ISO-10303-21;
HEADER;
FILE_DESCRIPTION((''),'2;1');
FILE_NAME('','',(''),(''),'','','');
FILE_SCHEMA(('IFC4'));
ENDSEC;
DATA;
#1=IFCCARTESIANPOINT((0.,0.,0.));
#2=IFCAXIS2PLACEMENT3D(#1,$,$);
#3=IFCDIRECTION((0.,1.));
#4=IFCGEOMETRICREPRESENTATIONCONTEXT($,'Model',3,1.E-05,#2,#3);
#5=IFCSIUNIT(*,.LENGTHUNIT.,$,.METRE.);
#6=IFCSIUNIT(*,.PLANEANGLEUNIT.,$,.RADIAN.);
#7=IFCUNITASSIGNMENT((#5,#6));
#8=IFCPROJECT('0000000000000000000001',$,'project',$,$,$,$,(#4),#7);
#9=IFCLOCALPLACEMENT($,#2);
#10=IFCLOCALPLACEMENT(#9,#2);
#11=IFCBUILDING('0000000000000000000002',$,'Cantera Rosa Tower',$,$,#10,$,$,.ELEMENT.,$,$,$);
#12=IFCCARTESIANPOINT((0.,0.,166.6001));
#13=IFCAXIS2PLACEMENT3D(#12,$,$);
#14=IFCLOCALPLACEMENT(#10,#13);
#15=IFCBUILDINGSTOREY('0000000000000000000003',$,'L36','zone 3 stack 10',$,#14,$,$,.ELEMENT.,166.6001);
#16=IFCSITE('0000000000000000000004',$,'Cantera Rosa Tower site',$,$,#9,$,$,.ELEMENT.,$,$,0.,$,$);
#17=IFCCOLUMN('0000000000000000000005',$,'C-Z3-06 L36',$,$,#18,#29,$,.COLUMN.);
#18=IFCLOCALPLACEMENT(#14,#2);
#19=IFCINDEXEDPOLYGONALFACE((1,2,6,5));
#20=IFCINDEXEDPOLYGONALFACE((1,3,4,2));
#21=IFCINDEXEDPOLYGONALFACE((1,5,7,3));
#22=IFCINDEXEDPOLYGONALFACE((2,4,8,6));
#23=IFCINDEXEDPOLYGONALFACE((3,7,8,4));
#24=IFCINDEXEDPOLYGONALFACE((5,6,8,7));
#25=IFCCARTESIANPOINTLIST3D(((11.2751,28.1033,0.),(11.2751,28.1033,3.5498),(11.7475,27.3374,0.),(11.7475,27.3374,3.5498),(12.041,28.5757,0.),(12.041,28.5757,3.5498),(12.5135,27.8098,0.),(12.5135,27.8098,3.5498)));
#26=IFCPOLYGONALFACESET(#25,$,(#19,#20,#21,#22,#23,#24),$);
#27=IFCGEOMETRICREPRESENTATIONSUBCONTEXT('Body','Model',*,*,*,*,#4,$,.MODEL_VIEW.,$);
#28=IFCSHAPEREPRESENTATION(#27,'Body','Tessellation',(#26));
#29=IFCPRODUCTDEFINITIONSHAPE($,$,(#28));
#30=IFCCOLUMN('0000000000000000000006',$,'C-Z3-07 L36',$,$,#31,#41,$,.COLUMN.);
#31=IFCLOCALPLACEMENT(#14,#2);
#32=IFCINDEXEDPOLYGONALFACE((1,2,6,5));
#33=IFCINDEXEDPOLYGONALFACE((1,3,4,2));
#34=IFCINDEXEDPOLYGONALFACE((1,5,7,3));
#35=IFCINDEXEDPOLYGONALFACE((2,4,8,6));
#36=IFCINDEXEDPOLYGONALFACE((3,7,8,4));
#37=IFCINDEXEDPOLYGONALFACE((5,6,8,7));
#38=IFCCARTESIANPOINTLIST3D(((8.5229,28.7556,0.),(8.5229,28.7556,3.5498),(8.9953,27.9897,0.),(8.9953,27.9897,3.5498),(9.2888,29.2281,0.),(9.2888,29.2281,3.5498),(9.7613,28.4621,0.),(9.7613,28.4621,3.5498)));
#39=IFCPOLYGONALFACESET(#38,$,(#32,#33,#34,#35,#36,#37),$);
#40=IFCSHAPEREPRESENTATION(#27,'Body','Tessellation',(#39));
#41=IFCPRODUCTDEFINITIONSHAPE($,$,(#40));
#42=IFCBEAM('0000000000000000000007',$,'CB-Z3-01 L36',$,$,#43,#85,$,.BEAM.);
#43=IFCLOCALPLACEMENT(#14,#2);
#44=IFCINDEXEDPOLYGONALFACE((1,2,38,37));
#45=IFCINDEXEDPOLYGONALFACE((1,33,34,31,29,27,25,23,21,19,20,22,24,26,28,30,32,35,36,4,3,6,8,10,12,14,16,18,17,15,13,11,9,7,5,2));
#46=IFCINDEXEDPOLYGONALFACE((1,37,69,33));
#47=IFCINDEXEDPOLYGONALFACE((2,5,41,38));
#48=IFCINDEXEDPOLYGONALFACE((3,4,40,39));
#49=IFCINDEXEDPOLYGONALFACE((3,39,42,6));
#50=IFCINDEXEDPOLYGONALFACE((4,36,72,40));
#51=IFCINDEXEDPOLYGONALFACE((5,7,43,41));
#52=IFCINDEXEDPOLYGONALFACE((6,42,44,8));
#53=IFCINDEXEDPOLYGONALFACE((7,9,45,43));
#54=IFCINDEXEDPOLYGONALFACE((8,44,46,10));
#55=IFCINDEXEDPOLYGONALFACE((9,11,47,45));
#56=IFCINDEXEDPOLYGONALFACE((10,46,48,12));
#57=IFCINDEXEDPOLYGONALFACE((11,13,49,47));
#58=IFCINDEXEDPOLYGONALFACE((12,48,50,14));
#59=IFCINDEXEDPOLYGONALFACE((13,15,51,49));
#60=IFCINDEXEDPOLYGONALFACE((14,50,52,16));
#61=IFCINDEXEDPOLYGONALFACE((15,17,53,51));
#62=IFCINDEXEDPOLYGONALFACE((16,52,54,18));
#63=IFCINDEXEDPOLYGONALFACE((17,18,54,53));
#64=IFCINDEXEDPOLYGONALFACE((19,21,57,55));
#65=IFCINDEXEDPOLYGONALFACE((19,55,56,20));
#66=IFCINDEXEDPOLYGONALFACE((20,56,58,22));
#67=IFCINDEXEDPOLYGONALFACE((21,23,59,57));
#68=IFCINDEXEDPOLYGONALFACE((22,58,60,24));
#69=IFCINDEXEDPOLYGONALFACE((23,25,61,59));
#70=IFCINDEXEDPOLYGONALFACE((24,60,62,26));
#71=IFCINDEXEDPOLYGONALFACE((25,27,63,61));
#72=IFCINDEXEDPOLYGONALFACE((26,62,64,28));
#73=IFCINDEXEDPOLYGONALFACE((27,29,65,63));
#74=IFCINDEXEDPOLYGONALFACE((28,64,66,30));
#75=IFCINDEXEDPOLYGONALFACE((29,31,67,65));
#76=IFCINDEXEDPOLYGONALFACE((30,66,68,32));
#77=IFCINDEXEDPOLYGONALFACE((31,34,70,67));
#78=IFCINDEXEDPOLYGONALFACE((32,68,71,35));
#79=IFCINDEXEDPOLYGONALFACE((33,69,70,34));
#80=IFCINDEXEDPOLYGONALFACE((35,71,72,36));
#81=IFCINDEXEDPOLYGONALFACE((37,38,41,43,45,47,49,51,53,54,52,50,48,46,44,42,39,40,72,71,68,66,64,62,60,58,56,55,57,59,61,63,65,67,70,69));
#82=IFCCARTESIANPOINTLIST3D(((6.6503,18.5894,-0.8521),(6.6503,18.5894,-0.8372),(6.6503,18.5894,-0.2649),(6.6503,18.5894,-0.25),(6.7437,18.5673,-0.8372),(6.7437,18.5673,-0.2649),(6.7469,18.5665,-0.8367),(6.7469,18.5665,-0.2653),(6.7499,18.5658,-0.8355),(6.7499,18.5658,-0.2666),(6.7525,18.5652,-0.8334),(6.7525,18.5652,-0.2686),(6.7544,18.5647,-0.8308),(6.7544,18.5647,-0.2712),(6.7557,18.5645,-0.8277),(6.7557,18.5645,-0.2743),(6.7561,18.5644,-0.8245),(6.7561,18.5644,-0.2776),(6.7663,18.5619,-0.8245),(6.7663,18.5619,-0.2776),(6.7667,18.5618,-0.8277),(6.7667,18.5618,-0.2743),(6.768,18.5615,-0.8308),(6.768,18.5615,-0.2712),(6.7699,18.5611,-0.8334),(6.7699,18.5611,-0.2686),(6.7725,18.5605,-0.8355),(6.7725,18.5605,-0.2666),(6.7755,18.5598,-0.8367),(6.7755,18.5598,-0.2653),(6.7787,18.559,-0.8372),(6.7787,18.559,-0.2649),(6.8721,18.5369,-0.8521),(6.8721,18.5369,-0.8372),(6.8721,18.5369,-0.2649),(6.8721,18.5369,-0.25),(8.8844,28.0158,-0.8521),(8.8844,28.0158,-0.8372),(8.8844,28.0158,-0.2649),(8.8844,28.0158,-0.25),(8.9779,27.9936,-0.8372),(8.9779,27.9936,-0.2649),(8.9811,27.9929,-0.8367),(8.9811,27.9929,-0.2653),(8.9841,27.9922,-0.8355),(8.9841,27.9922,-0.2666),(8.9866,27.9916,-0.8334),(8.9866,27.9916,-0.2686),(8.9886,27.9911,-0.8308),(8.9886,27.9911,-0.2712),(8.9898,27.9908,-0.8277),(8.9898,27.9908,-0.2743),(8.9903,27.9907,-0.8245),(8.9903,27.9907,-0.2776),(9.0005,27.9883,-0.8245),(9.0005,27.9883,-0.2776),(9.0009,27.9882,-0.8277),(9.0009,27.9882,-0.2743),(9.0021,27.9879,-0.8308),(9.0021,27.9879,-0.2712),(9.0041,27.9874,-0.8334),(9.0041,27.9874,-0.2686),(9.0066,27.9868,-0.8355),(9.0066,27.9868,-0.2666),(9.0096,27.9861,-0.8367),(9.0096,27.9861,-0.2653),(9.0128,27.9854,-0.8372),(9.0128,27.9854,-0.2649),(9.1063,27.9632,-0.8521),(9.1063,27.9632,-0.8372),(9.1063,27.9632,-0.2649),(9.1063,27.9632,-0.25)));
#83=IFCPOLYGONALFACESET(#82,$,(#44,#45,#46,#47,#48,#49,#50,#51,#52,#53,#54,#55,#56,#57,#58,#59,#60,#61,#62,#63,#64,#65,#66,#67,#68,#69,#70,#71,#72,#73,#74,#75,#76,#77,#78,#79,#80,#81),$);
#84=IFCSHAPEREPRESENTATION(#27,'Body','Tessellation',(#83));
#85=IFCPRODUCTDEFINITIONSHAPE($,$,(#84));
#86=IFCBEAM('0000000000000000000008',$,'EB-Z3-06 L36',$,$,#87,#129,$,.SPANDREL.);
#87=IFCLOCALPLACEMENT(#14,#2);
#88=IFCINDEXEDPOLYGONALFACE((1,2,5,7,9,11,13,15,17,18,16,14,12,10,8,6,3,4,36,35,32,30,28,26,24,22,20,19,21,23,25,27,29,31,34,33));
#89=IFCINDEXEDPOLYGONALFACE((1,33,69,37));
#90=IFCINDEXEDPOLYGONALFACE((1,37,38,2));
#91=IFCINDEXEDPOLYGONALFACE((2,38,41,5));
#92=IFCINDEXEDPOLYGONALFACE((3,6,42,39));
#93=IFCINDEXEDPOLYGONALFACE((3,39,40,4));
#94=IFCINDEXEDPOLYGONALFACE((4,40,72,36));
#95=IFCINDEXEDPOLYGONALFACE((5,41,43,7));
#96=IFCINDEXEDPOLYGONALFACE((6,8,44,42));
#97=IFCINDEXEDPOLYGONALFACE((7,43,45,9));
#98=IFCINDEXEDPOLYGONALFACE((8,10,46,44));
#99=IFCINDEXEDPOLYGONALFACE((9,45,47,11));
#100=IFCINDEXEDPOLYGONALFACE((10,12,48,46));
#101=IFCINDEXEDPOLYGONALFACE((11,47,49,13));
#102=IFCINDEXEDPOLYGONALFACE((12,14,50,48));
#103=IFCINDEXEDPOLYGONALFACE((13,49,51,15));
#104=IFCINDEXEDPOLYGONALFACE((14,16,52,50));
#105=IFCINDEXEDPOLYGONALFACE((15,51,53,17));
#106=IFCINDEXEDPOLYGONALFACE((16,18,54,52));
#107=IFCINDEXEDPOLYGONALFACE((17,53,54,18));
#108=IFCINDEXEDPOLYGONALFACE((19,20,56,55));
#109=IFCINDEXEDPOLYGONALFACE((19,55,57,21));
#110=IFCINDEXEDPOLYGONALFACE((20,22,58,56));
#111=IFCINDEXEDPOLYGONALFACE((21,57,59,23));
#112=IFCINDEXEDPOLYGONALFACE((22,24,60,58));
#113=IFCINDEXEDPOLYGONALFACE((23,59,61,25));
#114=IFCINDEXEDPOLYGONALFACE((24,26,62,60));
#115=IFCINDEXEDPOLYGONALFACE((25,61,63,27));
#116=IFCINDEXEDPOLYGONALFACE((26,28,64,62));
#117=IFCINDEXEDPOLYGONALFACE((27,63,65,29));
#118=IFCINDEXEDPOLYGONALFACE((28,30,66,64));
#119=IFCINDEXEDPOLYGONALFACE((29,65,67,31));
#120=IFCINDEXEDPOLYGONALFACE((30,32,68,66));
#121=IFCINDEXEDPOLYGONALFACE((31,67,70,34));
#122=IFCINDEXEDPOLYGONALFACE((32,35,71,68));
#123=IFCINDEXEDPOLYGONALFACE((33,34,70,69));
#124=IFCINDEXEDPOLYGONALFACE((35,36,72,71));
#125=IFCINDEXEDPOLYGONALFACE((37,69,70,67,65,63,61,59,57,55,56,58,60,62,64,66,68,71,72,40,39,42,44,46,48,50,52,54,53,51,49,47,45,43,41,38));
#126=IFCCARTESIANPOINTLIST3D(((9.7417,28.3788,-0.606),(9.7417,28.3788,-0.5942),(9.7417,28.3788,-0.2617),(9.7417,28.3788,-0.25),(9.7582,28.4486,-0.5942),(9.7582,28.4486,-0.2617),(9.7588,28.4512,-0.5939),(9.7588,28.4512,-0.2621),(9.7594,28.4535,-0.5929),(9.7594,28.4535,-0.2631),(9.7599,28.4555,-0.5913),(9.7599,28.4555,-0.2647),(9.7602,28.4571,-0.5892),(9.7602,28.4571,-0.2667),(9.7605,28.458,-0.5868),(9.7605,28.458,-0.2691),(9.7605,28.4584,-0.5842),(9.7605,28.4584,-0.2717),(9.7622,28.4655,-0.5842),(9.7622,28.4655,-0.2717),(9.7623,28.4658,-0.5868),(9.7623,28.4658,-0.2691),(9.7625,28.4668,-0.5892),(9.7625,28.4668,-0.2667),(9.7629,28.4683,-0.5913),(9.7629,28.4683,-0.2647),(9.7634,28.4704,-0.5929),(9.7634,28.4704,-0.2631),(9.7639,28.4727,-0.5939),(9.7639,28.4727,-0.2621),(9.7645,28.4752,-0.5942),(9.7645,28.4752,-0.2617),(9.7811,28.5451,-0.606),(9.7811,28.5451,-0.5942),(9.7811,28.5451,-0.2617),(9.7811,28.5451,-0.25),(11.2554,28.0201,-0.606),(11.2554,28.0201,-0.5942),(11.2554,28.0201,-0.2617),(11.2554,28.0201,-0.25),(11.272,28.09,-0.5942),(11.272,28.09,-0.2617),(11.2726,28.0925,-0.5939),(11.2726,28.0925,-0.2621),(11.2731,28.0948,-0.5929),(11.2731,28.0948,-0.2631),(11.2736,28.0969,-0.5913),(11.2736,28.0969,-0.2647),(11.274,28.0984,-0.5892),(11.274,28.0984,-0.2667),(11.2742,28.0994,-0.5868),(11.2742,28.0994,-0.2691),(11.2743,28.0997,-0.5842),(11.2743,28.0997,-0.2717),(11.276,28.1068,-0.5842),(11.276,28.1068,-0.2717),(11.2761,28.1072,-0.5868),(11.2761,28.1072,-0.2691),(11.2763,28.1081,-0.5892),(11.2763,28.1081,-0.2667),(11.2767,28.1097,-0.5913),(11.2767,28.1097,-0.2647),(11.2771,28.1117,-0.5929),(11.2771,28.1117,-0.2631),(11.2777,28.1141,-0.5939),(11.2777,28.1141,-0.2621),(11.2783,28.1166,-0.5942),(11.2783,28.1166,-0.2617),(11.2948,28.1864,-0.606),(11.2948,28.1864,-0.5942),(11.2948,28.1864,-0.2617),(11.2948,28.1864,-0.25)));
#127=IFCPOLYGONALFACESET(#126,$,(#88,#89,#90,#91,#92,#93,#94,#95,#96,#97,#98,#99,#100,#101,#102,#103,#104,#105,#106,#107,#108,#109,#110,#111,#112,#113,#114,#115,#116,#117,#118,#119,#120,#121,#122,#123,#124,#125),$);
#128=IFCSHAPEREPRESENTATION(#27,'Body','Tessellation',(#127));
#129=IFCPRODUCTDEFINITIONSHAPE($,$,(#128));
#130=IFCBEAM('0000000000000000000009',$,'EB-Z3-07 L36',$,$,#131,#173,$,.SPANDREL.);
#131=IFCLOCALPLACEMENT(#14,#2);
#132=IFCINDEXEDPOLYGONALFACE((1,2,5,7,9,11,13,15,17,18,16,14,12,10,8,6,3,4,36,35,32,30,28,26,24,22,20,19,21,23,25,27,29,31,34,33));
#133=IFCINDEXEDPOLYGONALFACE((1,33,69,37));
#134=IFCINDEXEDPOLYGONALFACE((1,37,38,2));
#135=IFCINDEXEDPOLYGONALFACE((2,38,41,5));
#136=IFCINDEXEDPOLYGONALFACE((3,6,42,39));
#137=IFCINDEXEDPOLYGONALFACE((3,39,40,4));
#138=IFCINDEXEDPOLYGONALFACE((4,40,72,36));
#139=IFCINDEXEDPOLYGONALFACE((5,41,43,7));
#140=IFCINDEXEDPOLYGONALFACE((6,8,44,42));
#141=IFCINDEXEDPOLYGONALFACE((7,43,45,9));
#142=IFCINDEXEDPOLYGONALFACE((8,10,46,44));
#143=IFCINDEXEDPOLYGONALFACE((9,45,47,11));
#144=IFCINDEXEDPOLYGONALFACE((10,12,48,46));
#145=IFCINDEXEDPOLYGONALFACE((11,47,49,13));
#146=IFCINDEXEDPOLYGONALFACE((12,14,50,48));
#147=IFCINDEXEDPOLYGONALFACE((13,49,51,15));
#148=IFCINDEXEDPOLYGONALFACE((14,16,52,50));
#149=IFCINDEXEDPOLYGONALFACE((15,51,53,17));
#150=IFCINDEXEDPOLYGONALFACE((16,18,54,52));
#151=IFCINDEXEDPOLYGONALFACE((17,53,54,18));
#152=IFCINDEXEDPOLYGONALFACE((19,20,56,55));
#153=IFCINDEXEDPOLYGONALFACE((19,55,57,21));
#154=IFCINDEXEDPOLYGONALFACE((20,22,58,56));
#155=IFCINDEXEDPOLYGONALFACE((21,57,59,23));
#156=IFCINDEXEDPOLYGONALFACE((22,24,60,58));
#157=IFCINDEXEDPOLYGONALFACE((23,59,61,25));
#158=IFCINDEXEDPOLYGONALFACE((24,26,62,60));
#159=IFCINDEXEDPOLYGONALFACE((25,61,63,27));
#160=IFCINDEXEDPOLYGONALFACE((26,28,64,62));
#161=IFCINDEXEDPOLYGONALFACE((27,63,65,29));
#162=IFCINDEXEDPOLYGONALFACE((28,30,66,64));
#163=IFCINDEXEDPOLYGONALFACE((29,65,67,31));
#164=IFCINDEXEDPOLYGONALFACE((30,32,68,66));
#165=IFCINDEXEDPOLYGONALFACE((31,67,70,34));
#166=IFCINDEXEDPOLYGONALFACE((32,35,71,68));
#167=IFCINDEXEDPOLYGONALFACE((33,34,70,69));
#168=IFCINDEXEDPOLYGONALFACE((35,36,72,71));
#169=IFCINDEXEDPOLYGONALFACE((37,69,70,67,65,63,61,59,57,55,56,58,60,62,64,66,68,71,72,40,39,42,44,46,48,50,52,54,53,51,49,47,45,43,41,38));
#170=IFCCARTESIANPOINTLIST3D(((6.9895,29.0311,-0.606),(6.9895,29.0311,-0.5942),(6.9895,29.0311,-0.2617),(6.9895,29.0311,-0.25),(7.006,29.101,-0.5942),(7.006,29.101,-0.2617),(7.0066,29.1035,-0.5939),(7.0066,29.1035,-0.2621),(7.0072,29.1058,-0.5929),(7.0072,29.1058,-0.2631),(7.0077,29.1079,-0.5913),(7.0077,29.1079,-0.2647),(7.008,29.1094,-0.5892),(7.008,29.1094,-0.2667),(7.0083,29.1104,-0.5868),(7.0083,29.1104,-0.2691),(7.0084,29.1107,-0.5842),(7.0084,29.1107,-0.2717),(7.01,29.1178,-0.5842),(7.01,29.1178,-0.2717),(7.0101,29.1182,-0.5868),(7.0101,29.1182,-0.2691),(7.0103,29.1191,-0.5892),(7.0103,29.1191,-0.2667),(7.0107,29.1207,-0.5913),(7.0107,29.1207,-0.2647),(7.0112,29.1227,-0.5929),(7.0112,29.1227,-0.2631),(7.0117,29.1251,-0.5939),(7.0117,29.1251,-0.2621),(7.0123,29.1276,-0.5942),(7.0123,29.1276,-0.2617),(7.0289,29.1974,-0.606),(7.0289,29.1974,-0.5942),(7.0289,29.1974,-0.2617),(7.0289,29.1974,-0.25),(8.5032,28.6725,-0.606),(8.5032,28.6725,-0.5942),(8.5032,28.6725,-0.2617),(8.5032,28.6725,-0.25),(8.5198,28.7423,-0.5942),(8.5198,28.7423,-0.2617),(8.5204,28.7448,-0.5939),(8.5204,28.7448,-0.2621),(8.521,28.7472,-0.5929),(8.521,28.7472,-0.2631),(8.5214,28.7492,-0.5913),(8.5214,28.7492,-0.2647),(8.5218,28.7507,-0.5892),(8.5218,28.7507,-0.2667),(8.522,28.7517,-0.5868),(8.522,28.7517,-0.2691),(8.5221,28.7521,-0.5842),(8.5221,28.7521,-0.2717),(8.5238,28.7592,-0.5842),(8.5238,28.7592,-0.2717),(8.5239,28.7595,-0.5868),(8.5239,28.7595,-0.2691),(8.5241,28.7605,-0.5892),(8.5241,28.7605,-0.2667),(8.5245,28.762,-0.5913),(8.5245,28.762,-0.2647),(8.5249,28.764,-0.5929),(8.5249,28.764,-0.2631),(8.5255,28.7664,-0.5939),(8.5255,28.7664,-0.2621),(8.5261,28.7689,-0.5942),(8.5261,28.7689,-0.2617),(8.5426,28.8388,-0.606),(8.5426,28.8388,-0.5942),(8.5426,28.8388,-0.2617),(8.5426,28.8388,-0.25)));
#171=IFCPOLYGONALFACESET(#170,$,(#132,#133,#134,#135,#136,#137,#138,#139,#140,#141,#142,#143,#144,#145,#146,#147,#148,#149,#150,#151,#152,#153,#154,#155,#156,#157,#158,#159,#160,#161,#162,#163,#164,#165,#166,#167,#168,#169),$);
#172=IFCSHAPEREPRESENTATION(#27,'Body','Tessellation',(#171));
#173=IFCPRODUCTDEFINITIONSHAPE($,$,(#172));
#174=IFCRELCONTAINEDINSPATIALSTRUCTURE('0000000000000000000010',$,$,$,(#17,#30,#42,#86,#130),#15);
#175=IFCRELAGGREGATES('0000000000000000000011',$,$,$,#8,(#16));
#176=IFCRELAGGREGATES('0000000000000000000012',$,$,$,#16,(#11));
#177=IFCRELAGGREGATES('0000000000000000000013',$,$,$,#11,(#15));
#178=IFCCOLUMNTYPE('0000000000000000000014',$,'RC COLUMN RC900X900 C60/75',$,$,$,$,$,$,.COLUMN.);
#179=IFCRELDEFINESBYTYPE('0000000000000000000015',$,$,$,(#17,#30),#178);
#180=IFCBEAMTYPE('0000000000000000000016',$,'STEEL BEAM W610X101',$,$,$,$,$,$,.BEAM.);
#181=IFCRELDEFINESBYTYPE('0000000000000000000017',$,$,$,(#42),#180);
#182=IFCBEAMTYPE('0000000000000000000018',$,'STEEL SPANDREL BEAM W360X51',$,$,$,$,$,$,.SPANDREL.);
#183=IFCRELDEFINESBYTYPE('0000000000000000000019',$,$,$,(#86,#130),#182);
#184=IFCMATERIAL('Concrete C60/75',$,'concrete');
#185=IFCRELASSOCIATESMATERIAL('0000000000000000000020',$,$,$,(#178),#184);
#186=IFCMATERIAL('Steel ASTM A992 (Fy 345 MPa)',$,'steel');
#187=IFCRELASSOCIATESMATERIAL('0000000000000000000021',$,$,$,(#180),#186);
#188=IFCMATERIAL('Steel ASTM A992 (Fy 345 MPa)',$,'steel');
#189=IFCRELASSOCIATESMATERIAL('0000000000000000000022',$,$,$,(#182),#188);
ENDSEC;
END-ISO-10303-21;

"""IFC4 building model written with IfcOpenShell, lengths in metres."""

from ifc_helpers import new_model, si_unit, direction, frame, origin, origin_2d, place, context, subcontext, project, spatial, rectangle, i_section, extrude, material, material_profile, profile_set, type_object, element, save


model = new_model("IFC4")

# Units and contexts
model_context = context("Model", 3, precision=1e-05, world=origin(), true_north=direction((0.0, 1.0)))
body_context = subcontext(model_context, "Body", "Model", "MODEL_VIEW")
ifc_project = project(units=[si_unit("LENGTHUNIT", "METRE"), si_unit("PLANEANGLEUNIT", "RADIAN")], contexts=[model_context])

# Site, building, storey
site_placement = place(None, origin())
site = spatial("IfcSite", under=ifc_project, at=site_placement, Name="Cantera Rosa Tower site", CompositionType="ELEMENT", RefElevation=0.0)
building_placement = place(site_placement, origin())
building = spatial("IfcBuilding", under=site, at=building_placement, Name="Cantera Rosa Tower", CompositionType="ELEMENT")
storey_placement = place(building_placement, frame((0.0, 0.0, 166.6001)))
storey = spatial("IfcBuildingStorey", under=building, at=storey_placement, Name="L36", Description="zone 3 stack 10", CompositionType="ELEMENT", Elevation=166.6001)

# Columns
ifc_material_1 = material(Name="Concrete C60/75", Category="concrete")
ifc_material_profile_1 = material_profile(ifc_material_1, rectangle(XDim=0.8999, YDim=0.8999, at=origin_2d()), Name="RC COLUMN RC900X900 C60/75")
ifc_profile_set_1 = profile_set([ifc_material_profile_1], Name="Concrete C60/75")
column_type = type_object("IfcColumnType", Name="RC COLUMN RC900X900 C60/75", PredefinedType="COLUMN", material=ifc_profile_set_1)
for number, where, z_axis, x_axis, name in (
    (1, (11.8943, 27.9565, 0.0), (0.0, 0.0, 1.0), (0.851117, 0.524977, 0.0), "C-Z3-06 L36"),
    (2, (9.1421, 28.6089, 0.0), (0.0, 0.0, 1.0), (0.851117, 0.524977, 0.0), "C-Z3-07 L36"),
):
    element("IfcColumn", number, at=place(storey_placement, frame(where, z_axis=z_axis, x_axis=x_axis)), inside=storey, type_object=column_type, Name=name, PredefinedType="COLUMN", context=body_context, shape_type="SweptSolid", body=[
        extrude(rectangle(XDim=0.8999, YDim=0.8999, at=origin_2d()), origin(), (0.0, 0.0, 1.0), 3.5498),
    ])

# Beams
ifc_material_2 = material(Name="Steel ASTM A992 (Fy 345 MPa)", Category="steel")
ifc_material_profile_2 = material_profile(ifc_material_2, i_section(OverallWidth=0.228, OverallDepth=0.6021, WebThickness=0.0105, FlangeThickness=0.0149, FilletRadius=0.0127, at=origin_2d()), Name="W610X101")
ifc_profile_set_2 = profile_set([ifc_material_profile_2], Name="Steel ASTM A992 (Fy 345 MPa)")
beam_type_1 = type_object("IfcBeamType", Name="STEEL BEAM W610X101", PredefinedType="BEAM", material=ifc_profile_set_2)
beam_placement = place(storey_placement, frame((8.9954, 27.9895, -0.551), z_axis=(-0.230622, -0.973043, 0.0), x_axis=(0.973043, -0.230622, 0.0)))
element("IfcBeam", 3, at=beam_placement, inside=storey, type_object=beam_type_1, Name="CB-Z3-01 L36", PredefinedType="BEAM", context=body_context, shape_type="SweptSolid", body=[
    extrude(i_section(OverallWidth=0.228, OverallDepth=0.6021, WebThickness=0.0105, FlangeThickness=0.0149, FilletRadius=0.0127, at=origin_2d()), origin(), (0.0, 0.0, 1.0), 9.6875),
])
ifc_material_3 = material(Name="Steel ASTM A992 (Fy 345 MPa)", Category="steel")
ifc_material_profile_3 = material_profile(ifc_material_3, i_section(OverallWidth=0.1709, OverallDepth=0.356, WebThickness=0.0073, FlangeThickness=0.0117, FilletRadius=0.01, at=origin_2d()), Name="W360X51")
ifc_profile_set_3 = profile_set([ifc_material_profile_3], Name="Steel ASTM A992 (Fy 345 MPa)")
beam_type_2 = type_object("IfcBeamType", Name="STEEL SPANDREL BEAM W360X51", PredefinedType="SPANDREL", material=ifc_profile_set_3)
for number, where, z_axis, x_axis, name in (
    (4, (11.2751, 28.1033, -0.428), (-0.97306, 0.230552, 0.0), (-0.230552, -0.97306, 0.0), "EB-Z3-06 L36"),
    (5, (8.5229, 28.7556, -0.428), (-0.97306, 0.230552, 0.0), (-0.230552, -0.97306, 0.0), "EB-Z3-07 L36"),
):
    element("IfcBeam", number, at=place(storey_placement, frame(where, z_axis=z_axis, x_axis=x_axis)), inside=storey, type_object=beam_type_2, Name=name, PredefinedType="SPANDREL", context=body_context, shape_type="SweptSolid", body=[
        extrude(i_section(OverallWidth=0.1709, OverallDepth=0.356, WebThickness=0.0073, FlangeThickness=0.0117, FilletRadius=0.01, at=origin_2d()), origin(), (0.0, 0.0, 1.0), 1.5557),
    ])

save(model, "model.ifc")
